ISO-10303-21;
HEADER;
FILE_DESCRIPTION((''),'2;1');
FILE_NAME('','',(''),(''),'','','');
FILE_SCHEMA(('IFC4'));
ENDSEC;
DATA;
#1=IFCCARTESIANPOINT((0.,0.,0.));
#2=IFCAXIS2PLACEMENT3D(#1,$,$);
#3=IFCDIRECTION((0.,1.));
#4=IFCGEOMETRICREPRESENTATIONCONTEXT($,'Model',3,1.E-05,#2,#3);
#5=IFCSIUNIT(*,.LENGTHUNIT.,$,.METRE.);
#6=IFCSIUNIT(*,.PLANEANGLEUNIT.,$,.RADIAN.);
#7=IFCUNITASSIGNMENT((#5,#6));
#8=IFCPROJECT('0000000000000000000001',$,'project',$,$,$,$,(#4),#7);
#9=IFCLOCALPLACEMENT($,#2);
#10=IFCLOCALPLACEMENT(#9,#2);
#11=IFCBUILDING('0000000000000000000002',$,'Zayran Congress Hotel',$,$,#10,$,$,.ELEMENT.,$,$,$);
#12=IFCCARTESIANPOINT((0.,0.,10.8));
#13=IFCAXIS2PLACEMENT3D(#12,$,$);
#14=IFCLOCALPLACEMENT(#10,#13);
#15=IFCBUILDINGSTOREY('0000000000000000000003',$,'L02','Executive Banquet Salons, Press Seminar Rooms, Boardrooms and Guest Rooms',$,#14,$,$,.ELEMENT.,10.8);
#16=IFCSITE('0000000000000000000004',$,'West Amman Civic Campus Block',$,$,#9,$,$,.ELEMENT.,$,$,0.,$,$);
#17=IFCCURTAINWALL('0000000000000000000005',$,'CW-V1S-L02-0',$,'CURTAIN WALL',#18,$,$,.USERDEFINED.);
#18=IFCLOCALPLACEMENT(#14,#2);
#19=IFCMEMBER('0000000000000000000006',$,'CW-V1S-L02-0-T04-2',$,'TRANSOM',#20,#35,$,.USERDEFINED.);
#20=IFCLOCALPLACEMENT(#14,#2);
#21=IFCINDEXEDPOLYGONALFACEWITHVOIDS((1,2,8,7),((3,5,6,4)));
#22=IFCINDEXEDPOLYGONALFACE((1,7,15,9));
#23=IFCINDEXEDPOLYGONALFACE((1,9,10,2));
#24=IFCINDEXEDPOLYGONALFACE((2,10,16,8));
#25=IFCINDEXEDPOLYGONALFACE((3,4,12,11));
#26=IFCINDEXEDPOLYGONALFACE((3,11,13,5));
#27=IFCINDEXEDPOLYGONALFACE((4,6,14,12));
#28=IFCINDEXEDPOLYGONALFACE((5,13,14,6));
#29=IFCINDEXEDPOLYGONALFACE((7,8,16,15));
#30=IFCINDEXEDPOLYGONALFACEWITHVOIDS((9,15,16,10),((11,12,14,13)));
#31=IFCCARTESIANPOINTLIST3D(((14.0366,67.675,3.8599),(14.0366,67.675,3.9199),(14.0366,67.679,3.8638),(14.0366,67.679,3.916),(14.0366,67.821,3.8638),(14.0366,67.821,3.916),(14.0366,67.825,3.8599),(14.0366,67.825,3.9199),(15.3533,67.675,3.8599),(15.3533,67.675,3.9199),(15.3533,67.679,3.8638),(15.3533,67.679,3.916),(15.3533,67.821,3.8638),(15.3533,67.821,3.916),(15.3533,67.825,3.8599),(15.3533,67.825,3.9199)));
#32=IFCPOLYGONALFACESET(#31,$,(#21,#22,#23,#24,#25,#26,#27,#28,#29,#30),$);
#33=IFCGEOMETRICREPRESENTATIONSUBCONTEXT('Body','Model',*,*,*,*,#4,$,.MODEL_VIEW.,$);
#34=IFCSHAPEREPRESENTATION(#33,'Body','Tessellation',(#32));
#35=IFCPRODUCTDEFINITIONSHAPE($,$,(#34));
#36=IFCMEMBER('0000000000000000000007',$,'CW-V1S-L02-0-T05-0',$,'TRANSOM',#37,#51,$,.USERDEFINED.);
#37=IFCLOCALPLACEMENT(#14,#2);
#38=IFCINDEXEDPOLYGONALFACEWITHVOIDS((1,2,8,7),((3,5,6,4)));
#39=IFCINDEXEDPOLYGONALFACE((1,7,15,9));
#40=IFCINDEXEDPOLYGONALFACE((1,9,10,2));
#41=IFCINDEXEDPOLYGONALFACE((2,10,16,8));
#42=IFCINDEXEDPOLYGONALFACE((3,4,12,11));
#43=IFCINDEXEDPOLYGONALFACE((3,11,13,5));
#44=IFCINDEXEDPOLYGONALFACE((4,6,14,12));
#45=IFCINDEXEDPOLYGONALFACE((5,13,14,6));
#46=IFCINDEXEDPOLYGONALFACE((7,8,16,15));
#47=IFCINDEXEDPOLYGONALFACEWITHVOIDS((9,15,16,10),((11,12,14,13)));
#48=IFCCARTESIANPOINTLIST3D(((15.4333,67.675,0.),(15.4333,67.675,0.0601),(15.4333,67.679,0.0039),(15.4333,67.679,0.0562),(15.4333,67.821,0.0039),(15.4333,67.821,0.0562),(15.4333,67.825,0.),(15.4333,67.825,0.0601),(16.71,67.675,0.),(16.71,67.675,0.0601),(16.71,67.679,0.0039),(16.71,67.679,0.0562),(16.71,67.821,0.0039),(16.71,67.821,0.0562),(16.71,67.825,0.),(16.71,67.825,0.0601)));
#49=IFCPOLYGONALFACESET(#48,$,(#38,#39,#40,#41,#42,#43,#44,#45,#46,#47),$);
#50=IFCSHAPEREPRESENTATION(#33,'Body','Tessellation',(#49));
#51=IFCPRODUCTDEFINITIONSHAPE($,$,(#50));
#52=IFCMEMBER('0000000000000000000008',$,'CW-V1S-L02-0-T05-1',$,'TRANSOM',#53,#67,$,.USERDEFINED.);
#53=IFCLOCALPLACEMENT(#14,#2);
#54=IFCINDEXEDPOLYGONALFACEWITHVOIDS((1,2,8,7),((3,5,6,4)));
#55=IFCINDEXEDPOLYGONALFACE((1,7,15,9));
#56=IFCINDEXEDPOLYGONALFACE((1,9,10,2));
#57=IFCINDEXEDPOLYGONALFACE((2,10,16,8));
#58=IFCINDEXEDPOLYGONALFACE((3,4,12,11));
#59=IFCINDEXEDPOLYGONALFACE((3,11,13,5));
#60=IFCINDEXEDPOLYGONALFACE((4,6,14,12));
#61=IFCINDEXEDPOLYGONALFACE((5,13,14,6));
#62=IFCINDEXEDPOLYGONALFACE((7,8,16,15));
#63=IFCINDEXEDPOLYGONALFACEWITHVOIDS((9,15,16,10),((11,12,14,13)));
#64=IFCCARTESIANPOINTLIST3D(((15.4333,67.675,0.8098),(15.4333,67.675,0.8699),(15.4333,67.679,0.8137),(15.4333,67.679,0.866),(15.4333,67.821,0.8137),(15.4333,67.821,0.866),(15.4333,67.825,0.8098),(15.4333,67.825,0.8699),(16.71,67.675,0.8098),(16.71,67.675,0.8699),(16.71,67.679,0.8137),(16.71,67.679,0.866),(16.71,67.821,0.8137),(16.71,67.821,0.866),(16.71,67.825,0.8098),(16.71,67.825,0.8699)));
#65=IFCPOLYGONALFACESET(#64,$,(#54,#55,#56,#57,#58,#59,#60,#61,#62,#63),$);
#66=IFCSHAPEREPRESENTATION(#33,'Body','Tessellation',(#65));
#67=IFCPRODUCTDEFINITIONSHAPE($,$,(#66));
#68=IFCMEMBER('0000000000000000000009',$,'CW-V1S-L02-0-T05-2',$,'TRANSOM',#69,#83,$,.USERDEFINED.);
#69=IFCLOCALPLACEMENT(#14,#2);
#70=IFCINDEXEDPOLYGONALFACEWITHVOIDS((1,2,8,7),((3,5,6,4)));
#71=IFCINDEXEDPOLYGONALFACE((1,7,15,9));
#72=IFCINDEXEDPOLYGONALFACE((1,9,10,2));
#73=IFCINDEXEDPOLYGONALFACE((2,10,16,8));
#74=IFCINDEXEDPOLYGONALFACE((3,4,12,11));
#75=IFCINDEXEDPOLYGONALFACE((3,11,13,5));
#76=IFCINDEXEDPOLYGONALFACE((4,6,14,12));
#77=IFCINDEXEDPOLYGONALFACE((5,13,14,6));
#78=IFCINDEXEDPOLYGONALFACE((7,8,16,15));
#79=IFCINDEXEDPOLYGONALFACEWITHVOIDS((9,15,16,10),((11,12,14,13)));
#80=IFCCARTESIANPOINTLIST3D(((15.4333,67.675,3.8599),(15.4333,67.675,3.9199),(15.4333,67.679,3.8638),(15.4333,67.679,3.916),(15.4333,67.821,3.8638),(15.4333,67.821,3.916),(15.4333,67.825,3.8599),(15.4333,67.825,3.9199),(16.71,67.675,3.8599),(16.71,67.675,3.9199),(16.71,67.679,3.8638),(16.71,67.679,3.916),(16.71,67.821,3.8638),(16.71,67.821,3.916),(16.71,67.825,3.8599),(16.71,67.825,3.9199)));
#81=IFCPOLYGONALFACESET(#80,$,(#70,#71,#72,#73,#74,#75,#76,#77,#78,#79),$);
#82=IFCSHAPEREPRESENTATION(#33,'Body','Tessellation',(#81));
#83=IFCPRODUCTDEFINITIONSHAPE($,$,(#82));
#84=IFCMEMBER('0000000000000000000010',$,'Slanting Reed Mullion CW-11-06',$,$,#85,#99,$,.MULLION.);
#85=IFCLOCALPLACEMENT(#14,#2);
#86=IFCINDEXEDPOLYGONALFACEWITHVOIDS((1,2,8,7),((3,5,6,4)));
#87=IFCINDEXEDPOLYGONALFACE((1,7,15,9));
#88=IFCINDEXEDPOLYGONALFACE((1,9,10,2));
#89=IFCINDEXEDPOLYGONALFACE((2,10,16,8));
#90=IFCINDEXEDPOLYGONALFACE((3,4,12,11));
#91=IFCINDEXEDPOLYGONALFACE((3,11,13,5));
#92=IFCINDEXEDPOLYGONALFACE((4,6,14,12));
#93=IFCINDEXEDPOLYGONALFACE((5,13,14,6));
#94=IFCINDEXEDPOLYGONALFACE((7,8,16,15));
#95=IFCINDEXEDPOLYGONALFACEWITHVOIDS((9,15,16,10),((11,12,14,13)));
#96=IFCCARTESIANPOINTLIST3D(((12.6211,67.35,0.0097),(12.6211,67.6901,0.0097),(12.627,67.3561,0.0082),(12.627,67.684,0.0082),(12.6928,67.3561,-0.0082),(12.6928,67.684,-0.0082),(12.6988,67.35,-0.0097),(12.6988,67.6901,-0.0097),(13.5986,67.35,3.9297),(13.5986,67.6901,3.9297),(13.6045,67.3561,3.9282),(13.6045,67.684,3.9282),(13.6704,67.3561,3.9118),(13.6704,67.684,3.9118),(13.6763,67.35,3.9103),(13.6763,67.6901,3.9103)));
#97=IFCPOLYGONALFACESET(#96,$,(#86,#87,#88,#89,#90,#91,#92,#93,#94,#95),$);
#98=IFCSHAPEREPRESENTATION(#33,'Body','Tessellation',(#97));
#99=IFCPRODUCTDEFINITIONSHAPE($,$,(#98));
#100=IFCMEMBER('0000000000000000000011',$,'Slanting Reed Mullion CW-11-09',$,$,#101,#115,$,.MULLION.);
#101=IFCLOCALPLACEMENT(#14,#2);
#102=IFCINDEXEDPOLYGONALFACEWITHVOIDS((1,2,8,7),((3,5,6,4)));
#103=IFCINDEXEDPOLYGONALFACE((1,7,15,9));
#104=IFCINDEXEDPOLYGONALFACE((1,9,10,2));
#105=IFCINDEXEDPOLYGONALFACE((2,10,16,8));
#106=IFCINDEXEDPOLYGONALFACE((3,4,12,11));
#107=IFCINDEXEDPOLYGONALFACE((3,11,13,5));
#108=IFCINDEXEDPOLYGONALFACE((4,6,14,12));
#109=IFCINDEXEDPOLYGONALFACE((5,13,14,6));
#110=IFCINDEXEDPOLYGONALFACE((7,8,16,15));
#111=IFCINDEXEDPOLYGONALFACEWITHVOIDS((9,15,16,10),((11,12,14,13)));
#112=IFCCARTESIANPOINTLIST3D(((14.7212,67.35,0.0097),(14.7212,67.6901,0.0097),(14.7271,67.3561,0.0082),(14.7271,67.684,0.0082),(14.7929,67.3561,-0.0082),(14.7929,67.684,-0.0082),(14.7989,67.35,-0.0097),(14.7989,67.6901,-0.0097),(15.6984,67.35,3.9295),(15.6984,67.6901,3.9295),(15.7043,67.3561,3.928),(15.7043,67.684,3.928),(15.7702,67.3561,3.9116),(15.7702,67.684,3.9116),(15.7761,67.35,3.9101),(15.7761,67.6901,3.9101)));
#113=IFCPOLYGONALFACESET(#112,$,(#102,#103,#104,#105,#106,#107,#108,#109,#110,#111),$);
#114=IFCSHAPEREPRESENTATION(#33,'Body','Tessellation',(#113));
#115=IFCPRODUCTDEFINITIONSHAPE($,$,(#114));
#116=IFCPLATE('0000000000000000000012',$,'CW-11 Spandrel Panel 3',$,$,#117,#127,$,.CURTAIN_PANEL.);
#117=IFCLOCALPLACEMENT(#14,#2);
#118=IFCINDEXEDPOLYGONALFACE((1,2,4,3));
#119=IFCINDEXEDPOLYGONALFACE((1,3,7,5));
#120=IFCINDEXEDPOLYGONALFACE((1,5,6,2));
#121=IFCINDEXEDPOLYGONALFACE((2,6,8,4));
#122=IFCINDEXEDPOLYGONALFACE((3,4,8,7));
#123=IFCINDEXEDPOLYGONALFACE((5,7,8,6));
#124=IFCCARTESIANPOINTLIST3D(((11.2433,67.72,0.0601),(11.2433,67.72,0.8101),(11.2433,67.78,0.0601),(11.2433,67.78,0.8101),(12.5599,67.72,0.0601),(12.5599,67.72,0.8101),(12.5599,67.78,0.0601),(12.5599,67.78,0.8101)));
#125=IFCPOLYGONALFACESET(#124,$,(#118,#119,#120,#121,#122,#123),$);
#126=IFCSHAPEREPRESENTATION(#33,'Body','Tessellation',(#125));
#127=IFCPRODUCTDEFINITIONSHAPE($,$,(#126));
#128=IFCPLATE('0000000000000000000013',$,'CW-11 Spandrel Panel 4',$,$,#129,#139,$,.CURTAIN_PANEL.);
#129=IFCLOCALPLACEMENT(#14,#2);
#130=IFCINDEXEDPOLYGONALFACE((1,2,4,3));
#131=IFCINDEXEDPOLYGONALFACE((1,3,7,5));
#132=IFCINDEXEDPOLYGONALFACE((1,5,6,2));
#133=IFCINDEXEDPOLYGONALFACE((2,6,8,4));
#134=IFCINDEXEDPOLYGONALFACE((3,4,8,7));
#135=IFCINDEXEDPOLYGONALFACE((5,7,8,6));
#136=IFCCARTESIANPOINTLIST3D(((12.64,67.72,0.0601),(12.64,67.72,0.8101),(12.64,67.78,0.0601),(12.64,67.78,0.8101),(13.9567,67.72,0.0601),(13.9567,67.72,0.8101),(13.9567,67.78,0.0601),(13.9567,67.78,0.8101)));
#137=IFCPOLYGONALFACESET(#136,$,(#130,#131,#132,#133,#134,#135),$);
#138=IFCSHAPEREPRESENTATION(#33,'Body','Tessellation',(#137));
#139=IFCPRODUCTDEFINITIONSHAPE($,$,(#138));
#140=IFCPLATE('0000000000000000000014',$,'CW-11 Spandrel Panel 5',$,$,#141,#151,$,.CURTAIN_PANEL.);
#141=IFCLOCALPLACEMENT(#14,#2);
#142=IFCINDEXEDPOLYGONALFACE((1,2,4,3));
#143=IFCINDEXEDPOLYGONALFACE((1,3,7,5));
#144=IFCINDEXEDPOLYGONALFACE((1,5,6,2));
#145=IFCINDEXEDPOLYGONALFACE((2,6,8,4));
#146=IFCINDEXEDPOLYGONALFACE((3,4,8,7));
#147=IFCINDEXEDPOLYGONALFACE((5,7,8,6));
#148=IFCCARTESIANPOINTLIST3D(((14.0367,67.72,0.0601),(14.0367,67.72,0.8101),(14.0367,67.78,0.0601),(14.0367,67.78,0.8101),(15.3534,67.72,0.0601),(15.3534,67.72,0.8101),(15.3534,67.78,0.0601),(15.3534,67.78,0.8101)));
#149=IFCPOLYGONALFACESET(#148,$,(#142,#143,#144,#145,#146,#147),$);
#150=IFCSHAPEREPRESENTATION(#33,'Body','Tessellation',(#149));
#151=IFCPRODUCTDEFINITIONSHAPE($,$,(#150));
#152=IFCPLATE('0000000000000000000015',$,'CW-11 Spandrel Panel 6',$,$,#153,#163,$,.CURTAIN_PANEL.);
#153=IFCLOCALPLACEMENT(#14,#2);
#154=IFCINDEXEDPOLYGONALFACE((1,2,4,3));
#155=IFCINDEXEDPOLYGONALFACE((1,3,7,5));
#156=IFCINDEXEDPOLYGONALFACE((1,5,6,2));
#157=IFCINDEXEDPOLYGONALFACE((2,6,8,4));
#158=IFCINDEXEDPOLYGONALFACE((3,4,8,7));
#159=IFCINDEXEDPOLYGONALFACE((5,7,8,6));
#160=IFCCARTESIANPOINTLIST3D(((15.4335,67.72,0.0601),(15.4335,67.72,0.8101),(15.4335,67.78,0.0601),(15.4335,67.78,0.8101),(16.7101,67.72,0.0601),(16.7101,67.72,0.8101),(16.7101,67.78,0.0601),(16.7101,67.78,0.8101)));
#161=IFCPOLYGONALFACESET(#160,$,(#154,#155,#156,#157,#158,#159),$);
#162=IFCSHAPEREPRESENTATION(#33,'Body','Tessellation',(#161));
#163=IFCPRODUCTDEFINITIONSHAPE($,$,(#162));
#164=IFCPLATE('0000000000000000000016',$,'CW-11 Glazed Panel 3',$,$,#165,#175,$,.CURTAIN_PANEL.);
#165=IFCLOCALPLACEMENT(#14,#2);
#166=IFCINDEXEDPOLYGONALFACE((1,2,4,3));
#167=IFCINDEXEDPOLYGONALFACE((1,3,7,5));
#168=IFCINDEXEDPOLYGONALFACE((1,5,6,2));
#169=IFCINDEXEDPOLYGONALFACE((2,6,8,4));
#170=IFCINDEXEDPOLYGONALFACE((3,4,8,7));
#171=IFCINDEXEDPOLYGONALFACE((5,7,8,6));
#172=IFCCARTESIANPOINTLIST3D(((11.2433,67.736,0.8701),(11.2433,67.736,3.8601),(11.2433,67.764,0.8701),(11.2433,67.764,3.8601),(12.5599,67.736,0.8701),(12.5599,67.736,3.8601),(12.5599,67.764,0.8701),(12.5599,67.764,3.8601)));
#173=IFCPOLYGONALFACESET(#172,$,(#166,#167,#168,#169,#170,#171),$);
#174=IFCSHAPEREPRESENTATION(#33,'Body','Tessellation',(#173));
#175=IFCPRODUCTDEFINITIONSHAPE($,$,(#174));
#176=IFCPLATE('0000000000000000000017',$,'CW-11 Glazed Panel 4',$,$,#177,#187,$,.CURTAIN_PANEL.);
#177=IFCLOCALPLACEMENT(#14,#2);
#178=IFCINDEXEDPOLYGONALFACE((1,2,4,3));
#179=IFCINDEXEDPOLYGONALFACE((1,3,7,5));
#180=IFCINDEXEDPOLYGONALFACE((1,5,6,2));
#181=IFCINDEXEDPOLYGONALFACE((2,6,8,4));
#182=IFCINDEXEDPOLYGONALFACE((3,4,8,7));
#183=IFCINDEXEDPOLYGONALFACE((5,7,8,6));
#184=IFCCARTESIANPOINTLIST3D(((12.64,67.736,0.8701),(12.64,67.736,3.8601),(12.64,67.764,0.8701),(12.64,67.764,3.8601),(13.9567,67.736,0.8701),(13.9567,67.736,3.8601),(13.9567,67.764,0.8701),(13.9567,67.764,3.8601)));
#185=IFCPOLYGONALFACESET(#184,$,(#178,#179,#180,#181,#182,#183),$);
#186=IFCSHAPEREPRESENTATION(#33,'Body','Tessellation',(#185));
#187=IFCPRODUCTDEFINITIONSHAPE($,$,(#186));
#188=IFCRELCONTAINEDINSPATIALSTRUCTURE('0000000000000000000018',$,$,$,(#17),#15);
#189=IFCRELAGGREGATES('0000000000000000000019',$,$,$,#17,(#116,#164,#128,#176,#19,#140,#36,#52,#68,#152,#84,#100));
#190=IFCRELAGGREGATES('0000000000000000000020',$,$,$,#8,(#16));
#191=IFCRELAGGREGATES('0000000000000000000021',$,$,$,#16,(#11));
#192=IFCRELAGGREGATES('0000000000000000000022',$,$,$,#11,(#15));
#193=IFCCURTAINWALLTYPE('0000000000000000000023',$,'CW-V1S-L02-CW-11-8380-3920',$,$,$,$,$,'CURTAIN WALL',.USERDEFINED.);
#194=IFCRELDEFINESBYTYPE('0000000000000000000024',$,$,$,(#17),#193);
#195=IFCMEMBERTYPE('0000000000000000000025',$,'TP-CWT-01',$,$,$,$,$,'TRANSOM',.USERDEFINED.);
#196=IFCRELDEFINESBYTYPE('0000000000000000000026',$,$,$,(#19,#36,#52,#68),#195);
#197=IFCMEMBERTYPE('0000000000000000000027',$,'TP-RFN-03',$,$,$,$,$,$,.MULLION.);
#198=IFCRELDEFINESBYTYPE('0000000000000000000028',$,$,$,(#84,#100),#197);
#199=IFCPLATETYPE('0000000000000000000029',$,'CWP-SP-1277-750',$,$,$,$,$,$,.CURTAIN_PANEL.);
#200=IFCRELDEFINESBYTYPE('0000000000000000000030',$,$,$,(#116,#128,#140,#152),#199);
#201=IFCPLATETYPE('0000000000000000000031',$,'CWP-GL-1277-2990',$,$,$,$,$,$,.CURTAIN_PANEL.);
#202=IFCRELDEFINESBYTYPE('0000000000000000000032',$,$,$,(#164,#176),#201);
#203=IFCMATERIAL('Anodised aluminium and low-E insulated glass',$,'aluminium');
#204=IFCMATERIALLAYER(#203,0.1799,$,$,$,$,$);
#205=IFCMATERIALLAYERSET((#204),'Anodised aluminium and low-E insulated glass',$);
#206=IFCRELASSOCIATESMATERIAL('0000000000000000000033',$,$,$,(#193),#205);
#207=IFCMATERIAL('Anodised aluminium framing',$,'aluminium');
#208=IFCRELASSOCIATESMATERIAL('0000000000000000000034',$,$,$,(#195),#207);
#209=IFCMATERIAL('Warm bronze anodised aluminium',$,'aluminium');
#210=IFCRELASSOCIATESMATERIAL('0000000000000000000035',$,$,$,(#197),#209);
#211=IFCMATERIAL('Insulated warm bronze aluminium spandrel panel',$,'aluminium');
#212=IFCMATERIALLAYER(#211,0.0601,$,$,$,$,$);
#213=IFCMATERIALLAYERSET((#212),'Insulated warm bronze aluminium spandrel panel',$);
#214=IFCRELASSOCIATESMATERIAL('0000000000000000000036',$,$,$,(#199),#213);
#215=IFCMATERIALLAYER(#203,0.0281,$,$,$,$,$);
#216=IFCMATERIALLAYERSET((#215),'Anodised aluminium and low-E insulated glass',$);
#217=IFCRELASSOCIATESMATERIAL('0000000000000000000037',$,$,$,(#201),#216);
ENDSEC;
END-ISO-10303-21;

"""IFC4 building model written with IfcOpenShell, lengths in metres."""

from ifc_helpers import new_model, si_unit, direction, frame, origin, origin_2d, place, context, subcontext, project, spatial, rectangle, hollow_rectangle, extrude, material, layer, layer_set, material_profile, profile_set, type_object, element, aggregate, save


model = new_model("IFC4")

# Units and contexts
model_context = context("Model", 3, precision=1e-05, world=origin(), true_north=direction((0.0, 1.0)))
body_context = subcontext(model_context, "Body", "Model", "MODEL_VIEW")
ifc_project = project(units=[si_unit("LENGTHUNIT", "METRE"), si_unit("PLANEANGLEUNIT", "RADIAN")], contexts=[model_context])

# Site, building, storey
site_placement = place(None, origin())
site = spatial("IfcSite", under=ifc_project, at=site_placement, Name="West Amman Civic Campus Block", CompositionType="ELEMENT", RefElevation=0.0)
building_placement = place(site_placement, origin())
building = spatial("IfcBuilding", under=site, at=building_placement, Name="Zayran Congress Hotel", CompositionType="ELEMENT")
storey_placement = place(building_placement, frame((0.0, 0.0, 10.8)))
storey = spatial("IfcBuildingStorey", under=building, at=storey_placement, Name="L02", Description="Executive Banquet Salons, Press Seminar Rooms, Boardrooms and Guest Rooms", CompositionType="ELEMENT", Elevation=10.8)

# Curtain wall, members, plates
ifc_material_1 = material(Name="Anodised aluminium and low-E insulated glass", Category="aluminium")
ifc_layer_1 = layer(ifc_material_1, 0.1799)
ifc_layer_set_1 = layer_set([ifc_layer_1], Name="Anodised aluminium and low-E insulated glass")
curtain_wall_type = type_object("IfcCurtainWallType", Name="CW-V1S-L02-CW-11-8380-3920", ElementType="CURTAIN WALL", PredefinedType="USERDEFINED", material=ifc_layer_set_1)
curtain_wall_placement = place(storey_placement, origin())
curtain_wall = element("IfcCurtainWall", 1, at=curtain_wall_placement, inside=storey, type_object=curtain_wall_type, Name="CW-V1S-L02-0", ObjectType="CURTAIN WALL", PredefinedType="USERDEFINED")
ifc_material_2 = material(Name="Anodised aluminium framing", Category="aluminium")
ifc_material_profile_1 = material_profile(ifc_material_2, hollow_rectangle(XDim=0.0601, YDim=0.1499, WallThickness=0.0039, at=origin_2d()), Name="RHS 150x60x4")
ifc_profile_set_1 = profile_set([ifc_material_profile_1], Name="Anodised aluminium framing")
member_type_1 = type_object("IfcMemberType", Name="TP-CWT-01", ElementType="TRANSOM", PredefinedType="USERDEFINED", material=ifc_profile_set_1)
member_1_placement = place(storey_placement, frame((14.0366, 67.75, 3.8899), z_axis=(1.0, 0.0, 0.0), x_axis=(0.0, 0.0, 1.0)))
member_1 = element("IfcMember", 2, at=member_1_placement, type_object=member_type_1, Name="CW-V1S-L02-0-T04-2", ObjectType="TRANSOM", PredefinedType="USERDEFINED", context=body_context, shape_type="SweptSolid", body=[
    extrude(hollow_rectangle(XDim=0.0601, YDim=0.1499, WallThickness=0.0039, at=origin_2d()), origin(), (0.0, 0.0, 1.0), 1.3167),
])
member_2_placement = place(storey_placement, frame((15.4333, 67.75, 0.03), z_axis=(1.0, 0.0, 0.0), x_axis=(0.0, 0.0, 1.0)))
member_2 = element("IfcMember", 3, at=member_2_placement, type_object=member_type_1, Name="CW-V1S-L02-0-T05-0", ObjectType="TRANSOM", PredefinedType="USERDEFINED", context=body_context, shape_type="SweptSolid", body=[
    extrude(hollow_rectangle(XDim=0.0601, YDim=0.1499, WallThickness=0.0039, at=origin_2d()), origin(), (0.0, 0.0, 1.0), 1.2766),
])
member_3_placement = place(storey_placement, frame((15.4333, 67.75, 0.8398), z_axis=(1.0, 0.0, 0.0), x_axis=(0.0, 0.0, 1.0)))
member_3 = element("IfcMember", 4, at=member_3_placement, type_object=member_type_1, Name="CW-V1S-L02-0-T05-1", ObjectType="TRANSOM", PredefinedType="USERDEFINED", context=body_context, shape_type="SweptSolid", body=[
    extrude(hollow_rectangle(XDim=0.0601, YDim=0.1499, WallThickness=0.0039, at=origin_2d()), origin(), (0.0, 0.0, 1.0), 1.2766),
])
member_4_placement = place(storey_placement, frame((15.4333, 67.75, 3.8899), z_axis=(1.0, 0.0, 0.0), x_axis=(0.0, 0.0, 1.0)))
member_4 = element("IfcMember", 5, at=member_4_placement, type_object=member_type_1, Name="CW-V1S-L02-0-T05-2", ObjectType="TRANSOM", PredefinedType="USERDEFINED", context=body_context, shape_type="SweptSolid", body=[
    extrude(hollow_rectangle(XDim=0.0601, YDim=0.1499, WallThickness=0.0039, at=origin_2d()), origin(), (0.0, 0.0, 1.0), 1.2766),
])
ifc_material_3 = material(Name="Warm bronze anodised aluminium", Category="aluminium")
ifc_material_profile_2 = material_profile(ifc_material_3, hollow_rectangle(XDim=0.0801, YDim=0.3401, WallThickness=0.0061, at=origin_2d()), Name="RHS 340x80x6")
ifc_profile_set_2 = profile_set([ifc_material_profile_2], Name="Warm bronze anodised aluminium")
member_type_2 = type_object("IfcMemberType", Name="TP-RFN-03", PredefinedType="MULLION", material=ifc_profile_set_2)
member_5_placement = place(storey_placement, frame((12.6599, 67.52, 0.0), z_axis=(0.241967, 0.0, 0.970285), x_axis=(-0.970285, 0.0, 0.241967)))
member_5 = element("IfcMember", 6, at=member_5_placement, type_object=member_type_2, Name="Slanting Reed Mullion CW-11-06", PredefinedType="MULLION", context=body_context, shape_type="SweptSolid", body=[
    extrude(hollow_rectangle(XDim=0.0801, YDim=0.3401, WallThickness=0.0061, at=origin_2d()), origin(), (0.0, 0.0, 1.0), 4.04),
])
member_6_placement = place(storey_placement, frame((14.76, 67.52, 0.0), z_axis=(0.24191, 0.0, 0.970299), x_axis=(-0.970299, 0.0, 0.24191)))
member_6 = element("IfcMember", 7, at=member_6_placement, type_object=member_type_2, Name="Slanting Reed Mullion CW-11-09", PredefinedType="MULLION", context=body_context, shape_type="SweptSolid", body=[
    extrude(hollow_rectangle(XDim=0.0801, YDim=0.3401, WallThickness=0.0061, at=origin_2d()), origin(), (0.0, 0.0, 1.0), 4.0398),
])
ifc_material_4 = material(Name="Insulated warm bronze aluminium spandrel panel", Category="aluminium")
ifc_layer_2 = layer(ifc_material_4, 0.0601)
ifc_layer_set_2 = layer_set([ifc_layer_2], Name="Insulated warm bronze aluminium spandrel panel")
plate_type_1 = type_object("IfcPlateType", Name="CWP-SP-1277-750", PredefinedType="CURTAIN_PANEL", material=ifc_layer_set_2)
plate_1_placement = place(storey_placement, frame((11.9016, 67.75, 0.0601), z_axis=(0.0, 0.0, 1.0), x_axis=(1.0, 0.0, 0.0)))
plate_1 = element("IfcPlate", 8, at=plate_1_placement, type_object=plate_type_1, Name="CW-11 Spandrel Panel 3", PredefinedType="CURTAIN_PANEL", context=body_context, shape_type="SweptSolid", body=[
    extrude(rectangle(XDim=1.3167, YDim=0.0601, at=origin_2d()), origin(), (0.0, 0.0, 1.0), 0.75),
])
plate_2_placement = place(storey_placement, frame((13.2983, 67.75, 0.0601), z_axis=(0.0, 0.0, 1.0), x_axis=(1.0, 0.0, 0.0)))
plate_2 = element("IfcPlate", 9, at=plate_2_placement, type_object=plate_type_1, Name="CW-11 Spandrel Panel 4", PredefinedType="CURTAIN_PANEL", context=body_context, shape_type="SweptSolid", body=[
    extrude(rectangle(XDim=1.3167, YDim=0.0601, at=origin_2d()), origin(), (0.0, 0.0, 1.0), 0.75),
])
plate_3_placement = place(storey_placement, frame((14.6951, 67.75, 0.0601), z_axis=(0.0, 0.0, 1.0), x_axis=(1.0, 0.0, 0.0)))
plate_3 = element("IfcPlate", 10, at=plate_3_placement, type_object=plate_type_1, Name="CW-11 Spandrel Panel 5", PredefinedType="CURTAIN_PANEL", context=body_context, shape_type="SweptSolid", body=[
    extrude(rectangle(XDim=1.3167, YDim=0.0601, at=origin_2d()), origin(), (0.0, 0.0, 1.0), 0.75),
])
plate_4_placement = place(storey_placement, frame((16.0718, 67.75, 0.0601), z_axis=(0.0, 0.0, 1.0), x_axis=(1.0, 0.0, 0.0)))
plate_4 = element("IfcPlate", 11, at=plate_4_placement, type_object=plate_type_1, Name="CW-11 Spandrel Panel 6", PredefinedType="CURTAIN_PANEL", context=body_context, shape_type="SweptSolid", body=[
    extrude(rectangle(XDim=1.2766, YDim=0.0601, at=origin_2d()), origin(), (0.0, 0.0, 1.0), 0.75),
])
ifc_layer_3 = layer(ifc_material_1, 0.0281)
ifc_layer_set_3 = layer_set([ifc_layer_3], Name="Anodised aluminium and low-E insulated glass")
plate_type_2 = type_object("IfcPlateType", Name="CWP-GL-1277-2990", PredefinedType="CURTAIN_PANEL", material=ifc_layer_set_3)
plate_5_placement = place(storey_placement, frame((11.9016, 67.75, 0.8701), z_axis=(0.0, 0.0, 1.0), x_axis=(1.0, 0.0, 0.0)))
plate_5 = element("IfcPlate", 12, at=plate_5_placement, type_object=plate_type_2, Name="CW-11 Glazed Panel 3", PredefinedType="CURTAIN_PANEL", context=body_context, shape_type="SweptSolid", body=[
    extrude(rectangle(XDim=1.3167, YDim=0.0281, at=origin_2d()), origin(), (0.0, 0.0, 1.0), 2.99),
])
plate_6_placement = place(storey_placement, frame((13.2983, 67.75, 0.8701), z_axis=(0.0, 0.0, 1.0), x_axis=(1.0, 0.0, 0.0)))
plate_6 = element("IfcPlate", 13, at=plate_6_placement, type_object=plate_type_2, Name="CW-11 Glazed Panel 4", PredefinedType="CURTAIN_PANEL", context=body_context, shape_type="SweptSolid", body=[
    extrude(rectangle(XDim=1.3167, YDim=0.0281, at=origin_2d()), origin(), (0.0, 0.0, 1.0), 2.99),
])
aggregate(curtain_wall, [plate_1, plate_5, plate_2, plate_6, member_1, plate_3, member_2, member_3, member_4, plate_4, member_5, member_6])

save(model, "model.ifc")
